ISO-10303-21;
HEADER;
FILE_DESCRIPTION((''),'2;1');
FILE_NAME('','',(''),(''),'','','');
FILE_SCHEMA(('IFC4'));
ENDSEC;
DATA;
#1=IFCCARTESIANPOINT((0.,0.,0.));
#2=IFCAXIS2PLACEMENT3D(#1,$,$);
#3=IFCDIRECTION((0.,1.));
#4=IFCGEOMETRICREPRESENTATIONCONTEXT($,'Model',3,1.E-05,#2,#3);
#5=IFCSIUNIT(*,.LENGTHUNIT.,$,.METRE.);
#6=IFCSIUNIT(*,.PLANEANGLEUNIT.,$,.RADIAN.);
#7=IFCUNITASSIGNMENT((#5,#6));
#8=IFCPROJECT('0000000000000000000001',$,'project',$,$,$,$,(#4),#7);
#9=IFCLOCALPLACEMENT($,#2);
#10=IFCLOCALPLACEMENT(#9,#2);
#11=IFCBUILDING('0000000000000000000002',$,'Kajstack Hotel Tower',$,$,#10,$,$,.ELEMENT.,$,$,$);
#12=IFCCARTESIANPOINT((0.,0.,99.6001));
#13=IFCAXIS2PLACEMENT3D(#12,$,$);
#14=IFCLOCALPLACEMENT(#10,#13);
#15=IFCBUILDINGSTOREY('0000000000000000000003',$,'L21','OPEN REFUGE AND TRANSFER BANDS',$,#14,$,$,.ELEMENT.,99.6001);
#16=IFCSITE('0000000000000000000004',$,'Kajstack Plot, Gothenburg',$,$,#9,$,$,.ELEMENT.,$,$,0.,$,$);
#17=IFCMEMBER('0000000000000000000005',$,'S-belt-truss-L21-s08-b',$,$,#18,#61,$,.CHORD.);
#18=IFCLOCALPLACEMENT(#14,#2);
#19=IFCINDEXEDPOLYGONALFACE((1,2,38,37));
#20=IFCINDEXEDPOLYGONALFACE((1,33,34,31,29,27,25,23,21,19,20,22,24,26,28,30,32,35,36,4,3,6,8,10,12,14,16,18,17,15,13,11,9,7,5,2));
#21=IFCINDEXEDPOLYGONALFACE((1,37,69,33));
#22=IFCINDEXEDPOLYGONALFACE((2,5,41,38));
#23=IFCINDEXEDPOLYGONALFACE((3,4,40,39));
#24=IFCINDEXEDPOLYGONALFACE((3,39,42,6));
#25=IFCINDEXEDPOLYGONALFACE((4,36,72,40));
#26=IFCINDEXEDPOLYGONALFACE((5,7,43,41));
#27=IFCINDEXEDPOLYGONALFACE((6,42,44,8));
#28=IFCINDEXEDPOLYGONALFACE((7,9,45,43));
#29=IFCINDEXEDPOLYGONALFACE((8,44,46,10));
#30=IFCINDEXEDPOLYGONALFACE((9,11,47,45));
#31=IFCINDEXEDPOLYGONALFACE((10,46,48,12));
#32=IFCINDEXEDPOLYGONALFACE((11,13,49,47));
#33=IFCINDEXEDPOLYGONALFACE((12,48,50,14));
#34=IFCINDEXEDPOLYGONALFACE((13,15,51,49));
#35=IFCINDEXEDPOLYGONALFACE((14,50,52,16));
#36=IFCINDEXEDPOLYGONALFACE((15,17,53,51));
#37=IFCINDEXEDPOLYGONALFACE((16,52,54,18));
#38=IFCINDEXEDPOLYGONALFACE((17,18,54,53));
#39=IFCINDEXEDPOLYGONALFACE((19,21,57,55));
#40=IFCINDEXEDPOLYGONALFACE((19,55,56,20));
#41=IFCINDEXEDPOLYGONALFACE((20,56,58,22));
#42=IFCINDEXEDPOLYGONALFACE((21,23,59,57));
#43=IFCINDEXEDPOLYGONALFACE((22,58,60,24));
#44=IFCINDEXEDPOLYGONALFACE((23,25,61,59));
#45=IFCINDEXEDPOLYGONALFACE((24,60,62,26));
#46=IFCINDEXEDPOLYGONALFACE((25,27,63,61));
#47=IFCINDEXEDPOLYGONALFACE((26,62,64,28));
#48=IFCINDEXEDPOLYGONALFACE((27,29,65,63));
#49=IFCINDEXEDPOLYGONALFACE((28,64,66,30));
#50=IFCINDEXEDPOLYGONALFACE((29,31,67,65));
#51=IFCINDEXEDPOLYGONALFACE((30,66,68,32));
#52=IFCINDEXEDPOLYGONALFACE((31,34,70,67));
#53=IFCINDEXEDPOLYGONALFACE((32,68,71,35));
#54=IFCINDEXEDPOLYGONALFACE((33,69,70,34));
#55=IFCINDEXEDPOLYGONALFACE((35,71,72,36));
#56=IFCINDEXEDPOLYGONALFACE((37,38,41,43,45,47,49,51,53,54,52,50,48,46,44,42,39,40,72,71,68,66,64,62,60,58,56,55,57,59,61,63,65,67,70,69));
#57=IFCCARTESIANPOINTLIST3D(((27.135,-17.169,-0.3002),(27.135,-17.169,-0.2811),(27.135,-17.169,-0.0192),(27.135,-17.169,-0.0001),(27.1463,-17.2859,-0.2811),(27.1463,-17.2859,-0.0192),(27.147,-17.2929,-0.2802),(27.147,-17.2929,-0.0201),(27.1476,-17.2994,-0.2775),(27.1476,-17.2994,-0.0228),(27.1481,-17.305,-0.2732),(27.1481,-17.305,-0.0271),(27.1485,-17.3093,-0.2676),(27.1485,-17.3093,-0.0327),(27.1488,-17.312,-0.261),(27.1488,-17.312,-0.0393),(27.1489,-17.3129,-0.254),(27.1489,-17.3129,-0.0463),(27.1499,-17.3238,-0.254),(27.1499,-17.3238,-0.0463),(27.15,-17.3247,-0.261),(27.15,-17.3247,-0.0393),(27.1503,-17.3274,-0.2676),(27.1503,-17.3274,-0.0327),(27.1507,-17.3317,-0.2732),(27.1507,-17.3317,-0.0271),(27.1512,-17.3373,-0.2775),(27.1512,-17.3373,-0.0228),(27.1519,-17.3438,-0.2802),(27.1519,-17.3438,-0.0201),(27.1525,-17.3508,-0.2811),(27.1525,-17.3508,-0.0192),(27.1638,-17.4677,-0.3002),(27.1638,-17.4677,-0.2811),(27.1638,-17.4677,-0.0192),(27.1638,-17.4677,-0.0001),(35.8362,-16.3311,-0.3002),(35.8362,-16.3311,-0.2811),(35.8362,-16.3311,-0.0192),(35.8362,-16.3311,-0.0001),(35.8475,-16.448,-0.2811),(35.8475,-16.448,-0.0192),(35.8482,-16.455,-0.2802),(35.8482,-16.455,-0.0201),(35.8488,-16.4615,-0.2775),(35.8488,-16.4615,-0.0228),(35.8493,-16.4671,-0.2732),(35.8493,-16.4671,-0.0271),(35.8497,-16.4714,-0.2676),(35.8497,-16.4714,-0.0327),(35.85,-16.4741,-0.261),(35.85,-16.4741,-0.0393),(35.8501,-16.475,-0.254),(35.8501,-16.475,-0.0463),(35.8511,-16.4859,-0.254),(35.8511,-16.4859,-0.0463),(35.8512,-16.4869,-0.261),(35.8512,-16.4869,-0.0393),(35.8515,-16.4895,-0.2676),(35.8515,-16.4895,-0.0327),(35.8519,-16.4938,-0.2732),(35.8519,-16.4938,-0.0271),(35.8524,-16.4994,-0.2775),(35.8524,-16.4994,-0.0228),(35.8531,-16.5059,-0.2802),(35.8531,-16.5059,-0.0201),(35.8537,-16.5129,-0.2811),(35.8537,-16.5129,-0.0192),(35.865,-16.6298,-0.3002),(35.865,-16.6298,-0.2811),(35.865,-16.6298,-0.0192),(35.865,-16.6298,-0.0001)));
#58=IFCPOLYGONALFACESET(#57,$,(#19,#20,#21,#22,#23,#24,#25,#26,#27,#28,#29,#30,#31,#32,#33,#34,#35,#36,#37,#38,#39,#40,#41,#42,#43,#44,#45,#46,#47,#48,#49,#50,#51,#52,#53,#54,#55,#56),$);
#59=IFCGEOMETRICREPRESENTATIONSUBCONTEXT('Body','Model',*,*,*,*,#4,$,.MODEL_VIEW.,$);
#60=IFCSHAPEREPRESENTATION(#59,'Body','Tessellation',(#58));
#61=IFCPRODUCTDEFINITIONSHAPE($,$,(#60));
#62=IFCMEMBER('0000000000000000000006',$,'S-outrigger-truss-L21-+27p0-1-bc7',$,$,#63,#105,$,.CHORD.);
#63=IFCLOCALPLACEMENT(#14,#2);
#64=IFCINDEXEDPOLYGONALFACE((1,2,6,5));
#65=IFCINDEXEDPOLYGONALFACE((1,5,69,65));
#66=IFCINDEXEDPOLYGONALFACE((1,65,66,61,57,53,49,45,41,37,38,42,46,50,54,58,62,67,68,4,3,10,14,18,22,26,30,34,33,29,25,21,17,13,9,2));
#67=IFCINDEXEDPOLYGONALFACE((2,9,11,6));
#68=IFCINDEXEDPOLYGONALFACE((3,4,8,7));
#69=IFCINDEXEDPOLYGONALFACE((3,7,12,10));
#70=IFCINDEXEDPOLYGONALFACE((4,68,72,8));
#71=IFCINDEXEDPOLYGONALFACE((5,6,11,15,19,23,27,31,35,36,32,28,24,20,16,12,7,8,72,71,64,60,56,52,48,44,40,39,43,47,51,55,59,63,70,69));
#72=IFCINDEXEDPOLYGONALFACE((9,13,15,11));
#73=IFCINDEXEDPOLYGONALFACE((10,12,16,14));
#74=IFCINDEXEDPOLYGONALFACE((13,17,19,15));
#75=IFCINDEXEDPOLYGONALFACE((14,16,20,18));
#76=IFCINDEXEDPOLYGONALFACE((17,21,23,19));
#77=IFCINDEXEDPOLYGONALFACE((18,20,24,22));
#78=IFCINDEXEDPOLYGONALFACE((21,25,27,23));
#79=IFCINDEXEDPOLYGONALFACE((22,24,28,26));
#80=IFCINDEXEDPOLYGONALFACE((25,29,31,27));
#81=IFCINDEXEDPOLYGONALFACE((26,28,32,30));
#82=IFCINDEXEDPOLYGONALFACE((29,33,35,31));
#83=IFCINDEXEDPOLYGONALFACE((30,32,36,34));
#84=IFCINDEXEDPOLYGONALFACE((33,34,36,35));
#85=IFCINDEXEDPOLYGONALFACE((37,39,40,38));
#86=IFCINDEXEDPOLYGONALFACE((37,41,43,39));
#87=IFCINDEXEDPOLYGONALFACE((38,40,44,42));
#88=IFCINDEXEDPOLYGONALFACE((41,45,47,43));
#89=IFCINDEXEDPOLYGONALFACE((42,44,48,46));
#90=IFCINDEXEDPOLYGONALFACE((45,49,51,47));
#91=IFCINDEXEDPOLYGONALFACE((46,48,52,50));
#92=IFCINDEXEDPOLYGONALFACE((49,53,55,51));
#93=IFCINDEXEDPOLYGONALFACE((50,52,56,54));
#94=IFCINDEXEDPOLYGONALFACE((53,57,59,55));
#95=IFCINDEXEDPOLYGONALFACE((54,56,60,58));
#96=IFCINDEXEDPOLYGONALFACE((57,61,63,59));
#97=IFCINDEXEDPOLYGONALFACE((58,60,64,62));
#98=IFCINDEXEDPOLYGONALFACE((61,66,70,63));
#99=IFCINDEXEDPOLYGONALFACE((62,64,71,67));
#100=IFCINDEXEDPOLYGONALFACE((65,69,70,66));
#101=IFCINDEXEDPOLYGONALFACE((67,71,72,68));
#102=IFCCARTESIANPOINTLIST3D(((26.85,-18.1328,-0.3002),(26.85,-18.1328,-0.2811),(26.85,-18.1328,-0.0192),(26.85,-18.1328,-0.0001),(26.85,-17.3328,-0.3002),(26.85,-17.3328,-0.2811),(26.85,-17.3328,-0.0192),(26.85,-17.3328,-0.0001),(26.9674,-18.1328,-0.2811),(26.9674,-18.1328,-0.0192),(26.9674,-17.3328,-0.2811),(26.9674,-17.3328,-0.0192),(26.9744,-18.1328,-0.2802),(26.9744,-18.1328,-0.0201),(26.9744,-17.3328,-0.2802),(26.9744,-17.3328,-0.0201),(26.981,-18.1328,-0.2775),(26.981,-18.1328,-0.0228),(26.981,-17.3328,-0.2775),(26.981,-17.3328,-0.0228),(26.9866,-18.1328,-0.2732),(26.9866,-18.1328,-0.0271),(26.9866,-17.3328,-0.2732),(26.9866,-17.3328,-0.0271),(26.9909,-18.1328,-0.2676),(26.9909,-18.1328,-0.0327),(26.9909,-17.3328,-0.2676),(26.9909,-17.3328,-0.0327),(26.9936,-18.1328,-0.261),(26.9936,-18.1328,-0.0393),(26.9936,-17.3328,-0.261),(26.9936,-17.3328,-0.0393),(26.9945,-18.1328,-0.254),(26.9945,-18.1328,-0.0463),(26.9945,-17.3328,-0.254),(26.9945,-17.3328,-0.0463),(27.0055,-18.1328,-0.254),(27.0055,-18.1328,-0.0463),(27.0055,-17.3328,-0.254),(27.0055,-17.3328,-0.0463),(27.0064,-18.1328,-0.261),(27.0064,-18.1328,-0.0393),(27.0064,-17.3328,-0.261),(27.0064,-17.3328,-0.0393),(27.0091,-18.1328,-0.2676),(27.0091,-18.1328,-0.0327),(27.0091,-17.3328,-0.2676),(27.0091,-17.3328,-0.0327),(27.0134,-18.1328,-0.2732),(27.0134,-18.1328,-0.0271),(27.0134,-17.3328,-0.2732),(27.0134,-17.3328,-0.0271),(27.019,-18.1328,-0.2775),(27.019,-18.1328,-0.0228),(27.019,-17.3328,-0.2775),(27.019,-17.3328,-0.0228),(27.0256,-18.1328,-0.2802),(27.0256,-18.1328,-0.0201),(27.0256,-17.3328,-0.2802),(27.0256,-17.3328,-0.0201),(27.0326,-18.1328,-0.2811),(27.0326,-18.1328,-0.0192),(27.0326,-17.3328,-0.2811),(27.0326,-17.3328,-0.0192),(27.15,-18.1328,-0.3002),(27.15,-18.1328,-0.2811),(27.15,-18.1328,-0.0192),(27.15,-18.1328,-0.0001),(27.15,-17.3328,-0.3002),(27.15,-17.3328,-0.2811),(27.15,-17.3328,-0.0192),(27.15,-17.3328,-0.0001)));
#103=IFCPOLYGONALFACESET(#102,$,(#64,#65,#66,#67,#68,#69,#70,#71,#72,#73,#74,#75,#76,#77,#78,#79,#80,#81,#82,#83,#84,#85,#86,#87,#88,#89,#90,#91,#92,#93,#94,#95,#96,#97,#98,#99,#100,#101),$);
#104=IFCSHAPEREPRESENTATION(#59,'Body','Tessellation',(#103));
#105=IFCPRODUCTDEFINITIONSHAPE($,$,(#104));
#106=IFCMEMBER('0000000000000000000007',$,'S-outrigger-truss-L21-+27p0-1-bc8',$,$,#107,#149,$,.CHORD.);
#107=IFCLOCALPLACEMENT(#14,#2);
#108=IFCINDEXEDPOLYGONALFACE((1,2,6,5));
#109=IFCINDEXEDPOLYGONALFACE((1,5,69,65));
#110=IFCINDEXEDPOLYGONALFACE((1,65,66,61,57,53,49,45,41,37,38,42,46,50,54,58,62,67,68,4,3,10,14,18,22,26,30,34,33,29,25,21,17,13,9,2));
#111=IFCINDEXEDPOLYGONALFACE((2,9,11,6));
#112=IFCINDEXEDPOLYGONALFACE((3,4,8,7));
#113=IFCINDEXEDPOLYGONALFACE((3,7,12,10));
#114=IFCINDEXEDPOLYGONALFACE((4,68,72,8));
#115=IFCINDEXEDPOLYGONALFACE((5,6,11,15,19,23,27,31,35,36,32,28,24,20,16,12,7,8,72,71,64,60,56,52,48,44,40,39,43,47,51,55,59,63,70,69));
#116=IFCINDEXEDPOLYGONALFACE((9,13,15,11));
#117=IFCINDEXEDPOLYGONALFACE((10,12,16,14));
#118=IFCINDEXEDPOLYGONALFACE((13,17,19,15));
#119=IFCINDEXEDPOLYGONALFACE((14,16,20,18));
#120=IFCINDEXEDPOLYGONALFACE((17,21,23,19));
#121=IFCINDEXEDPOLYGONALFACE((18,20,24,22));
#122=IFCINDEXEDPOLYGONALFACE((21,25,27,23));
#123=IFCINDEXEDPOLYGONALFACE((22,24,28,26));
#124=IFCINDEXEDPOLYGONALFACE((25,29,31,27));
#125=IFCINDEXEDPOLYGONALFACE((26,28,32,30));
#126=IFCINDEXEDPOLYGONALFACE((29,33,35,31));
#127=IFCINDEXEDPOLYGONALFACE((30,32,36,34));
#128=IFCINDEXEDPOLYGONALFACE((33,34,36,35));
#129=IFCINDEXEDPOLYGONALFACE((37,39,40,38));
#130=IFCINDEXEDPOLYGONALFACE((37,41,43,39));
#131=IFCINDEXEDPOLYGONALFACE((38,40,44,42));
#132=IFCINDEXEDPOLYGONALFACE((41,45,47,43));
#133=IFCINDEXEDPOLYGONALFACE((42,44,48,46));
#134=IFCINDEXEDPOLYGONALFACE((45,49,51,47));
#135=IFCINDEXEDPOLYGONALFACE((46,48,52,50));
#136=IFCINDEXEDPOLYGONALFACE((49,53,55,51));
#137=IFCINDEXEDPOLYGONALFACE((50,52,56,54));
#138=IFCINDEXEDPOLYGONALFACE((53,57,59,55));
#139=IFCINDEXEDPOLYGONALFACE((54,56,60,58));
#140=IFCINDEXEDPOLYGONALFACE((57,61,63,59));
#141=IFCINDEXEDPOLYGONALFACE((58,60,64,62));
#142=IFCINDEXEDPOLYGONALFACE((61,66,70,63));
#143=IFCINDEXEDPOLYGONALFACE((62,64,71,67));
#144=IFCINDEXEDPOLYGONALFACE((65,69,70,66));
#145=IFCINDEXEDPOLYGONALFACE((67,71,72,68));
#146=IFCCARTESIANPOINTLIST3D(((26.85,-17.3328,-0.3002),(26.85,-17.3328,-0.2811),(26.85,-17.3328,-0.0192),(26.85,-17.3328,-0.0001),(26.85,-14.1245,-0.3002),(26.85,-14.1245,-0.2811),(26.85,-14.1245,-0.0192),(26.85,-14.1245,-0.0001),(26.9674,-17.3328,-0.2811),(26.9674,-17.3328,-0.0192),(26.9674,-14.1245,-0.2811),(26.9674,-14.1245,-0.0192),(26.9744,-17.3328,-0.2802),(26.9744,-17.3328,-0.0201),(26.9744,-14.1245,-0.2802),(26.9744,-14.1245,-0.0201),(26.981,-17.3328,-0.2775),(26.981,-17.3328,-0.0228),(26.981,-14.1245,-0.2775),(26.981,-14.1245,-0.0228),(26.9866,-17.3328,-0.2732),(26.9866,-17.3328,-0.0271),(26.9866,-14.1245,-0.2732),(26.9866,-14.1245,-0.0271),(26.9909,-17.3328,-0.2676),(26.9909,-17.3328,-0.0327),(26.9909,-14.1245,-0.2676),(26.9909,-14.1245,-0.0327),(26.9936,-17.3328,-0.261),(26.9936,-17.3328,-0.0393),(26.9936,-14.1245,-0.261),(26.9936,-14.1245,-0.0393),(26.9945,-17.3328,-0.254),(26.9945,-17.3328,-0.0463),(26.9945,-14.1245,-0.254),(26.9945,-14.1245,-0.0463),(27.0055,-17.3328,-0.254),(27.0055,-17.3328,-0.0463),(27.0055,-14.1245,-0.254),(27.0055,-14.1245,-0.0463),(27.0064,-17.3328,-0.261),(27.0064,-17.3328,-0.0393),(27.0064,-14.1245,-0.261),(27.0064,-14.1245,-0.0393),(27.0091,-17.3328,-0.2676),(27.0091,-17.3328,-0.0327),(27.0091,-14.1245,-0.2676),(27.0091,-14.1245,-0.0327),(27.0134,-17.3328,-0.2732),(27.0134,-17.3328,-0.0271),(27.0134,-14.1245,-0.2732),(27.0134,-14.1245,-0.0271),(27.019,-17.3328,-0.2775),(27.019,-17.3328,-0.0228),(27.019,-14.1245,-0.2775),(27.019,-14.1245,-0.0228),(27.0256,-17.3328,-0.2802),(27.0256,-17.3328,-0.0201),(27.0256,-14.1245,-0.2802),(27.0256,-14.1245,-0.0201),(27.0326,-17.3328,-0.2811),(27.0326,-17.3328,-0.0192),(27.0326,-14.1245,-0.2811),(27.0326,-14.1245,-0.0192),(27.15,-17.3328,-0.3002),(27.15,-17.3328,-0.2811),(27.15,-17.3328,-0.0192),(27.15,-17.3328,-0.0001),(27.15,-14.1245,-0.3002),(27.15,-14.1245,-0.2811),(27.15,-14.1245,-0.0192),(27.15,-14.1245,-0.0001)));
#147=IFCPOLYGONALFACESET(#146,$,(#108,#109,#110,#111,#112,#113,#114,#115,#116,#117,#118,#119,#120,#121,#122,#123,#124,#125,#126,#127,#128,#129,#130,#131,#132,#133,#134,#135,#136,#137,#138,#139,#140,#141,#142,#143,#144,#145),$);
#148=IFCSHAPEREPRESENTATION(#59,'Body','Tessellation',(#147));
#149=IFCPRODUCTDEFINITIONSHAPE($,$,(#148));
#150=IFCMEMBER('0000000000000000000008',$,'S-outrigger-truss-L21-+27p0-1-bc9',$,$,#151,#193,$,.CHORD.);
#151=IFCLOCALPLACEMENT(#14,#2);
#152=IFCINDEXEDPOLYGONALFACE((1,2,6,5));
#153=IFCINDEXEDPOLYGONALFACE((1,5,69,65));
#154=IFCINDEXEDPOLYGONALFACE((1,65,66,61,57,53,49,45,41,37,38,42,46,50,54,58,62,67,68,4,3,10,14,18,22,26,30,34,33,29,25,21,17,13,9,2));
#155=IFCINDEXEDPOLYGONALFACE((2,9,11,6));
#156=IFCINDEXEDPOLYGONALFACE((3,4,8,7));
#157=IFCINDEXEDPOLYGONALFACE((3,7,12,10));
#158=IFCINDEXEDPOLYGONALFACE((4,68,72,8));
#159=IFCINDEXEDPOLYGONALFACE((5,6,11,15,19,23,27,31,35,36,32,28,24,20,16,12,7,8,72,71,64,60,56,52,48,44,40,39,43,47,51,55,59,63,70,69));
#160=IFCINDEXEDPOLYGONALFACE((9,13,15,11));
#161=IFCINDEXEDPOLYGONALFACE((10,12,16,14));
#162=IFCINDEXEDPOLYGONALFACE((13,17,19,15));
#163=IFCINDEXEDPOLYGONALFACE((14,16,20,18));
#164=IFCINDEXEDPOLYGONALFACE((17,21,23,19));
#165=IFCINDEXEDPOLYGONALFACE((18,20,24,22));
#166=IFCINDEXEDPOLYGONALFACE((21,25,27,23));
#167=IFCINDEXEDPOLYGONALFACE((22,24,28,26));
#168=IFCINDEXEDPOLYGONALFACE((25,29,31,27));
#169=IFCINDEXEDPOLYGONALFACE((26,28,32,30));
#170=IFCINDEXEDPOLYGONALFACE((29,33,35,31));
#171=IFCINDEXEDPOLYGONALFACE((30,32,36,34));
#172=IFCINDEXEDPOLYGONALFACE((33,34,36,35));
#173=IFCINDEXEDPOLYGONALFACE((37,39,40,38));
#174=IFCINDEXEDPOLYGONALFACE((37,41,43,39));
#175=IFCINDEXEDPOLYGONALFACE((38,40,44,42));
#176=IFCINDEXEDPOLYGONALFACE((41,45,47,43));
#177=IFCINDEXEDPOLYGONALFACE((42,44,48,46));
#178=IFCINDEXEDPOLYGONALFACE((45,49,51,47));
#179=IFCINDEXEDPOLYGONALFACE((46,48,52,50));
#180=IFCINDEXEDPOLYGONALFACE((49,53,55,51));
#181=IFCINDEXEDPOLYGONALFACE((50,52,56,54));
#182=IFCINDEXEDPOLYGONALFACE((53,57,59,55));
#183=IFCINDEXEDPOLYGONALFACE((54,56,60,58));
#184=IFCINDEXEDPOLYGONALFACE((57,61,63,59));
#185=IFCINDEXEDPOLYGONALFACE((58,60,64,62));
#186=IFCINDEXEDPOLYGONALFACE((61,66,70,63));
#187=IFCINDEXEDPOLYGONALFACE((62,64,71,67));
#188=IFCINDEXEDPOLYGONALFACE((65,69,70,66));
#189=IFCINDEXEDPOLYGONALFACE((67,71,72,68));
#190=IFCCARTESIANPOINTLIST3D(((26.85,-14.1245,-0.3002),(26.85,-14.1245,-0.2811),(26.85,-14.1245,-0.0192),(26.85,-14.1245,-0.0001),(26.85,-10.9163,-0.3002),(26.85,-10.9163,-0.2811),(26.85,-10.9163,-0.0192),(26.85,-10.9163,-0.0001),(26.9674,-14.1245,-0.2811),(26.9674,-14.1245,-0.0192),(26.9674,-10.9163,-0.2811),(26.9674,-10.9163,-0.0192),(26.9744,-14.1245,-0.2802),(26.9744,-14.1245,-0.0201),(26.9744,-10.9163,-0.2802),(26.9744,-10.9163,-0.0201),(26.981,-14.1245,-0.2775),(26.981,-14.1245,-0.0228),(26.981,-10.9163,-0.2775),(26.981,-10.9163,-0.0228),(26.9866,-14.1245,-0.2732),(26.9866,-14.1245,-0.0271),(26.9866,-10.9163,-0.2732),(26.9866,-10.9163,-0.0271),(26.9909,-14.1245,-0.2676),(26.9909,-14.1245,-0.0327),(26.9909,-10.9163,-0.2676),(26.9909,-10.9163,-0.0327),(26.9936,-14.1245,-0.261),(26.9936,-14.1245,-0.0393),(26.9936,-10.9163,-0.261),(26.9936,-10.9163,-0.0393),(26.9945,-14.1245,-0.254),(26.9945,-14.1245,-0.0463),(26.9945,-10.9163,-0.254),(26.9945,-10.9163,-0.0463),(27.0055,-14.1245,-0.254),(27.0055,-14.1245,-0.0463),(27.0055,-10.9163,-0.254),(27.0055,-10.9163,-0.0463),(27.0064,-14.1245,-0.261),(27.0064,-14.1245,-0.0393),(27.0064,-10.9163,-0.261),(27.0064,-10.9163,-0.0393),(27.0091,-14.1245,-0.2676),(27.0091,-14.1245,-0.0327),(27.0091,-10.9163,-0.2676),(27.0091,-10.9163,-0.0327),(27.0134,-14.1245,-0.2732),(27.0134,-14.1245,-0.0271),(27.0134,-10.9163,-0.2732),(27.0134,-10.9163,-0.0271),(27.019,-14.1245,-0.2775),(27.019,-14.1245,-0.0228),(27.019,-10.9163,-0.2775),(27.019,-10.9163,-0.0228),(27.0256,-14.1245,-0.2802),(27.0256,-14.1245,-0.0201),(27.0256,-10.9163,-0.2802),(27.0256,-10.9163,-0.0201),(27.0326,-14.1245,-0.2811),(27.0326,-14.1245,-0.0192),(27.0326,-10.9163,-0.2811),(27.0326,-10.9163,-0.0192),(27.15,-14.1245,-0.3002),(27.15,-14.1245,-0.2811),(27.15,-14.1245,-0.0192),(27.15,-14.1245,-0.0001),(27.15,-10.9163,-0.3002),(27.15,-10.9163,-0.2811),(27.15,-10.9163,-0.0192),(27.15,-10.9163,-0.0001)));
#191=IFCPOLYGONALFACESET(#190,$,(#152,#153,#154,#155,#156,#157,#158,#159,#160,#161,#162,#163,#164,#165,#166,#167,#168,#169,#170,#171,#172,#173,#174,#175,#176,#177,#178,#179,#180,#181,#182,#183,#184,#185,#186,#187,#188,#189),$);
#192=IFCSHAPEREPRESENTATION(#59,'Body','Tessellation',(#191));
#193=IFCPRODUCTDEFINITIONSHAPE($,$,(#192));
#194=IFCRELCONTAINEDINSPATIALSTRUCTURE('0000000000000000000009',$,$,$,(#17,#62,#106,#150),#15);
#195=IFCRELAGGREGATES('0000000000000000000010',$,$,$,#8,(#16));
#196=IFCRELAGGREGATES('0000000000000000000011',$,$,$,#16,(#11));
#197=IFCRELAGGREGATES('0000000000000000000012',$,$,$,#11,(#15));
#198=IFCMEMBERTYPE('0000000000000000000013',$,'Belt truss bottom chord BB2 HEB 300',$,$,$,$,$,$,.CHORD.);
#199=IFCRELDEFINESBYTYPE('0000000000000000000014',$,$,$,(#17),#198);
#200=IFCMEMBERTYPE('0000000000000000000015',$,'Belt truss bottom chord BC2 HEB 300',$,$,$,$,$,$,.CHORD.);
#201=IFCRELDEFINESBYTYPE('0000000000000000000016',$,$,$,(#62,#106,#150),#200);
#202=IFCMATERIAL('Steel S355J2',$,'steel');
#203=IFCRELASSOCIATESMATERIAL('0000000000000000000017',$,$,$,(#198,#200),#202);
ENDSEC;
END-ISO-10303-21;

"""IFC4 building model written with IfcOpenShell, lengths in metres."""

from ifc_helpers import new_model, si_unit, direction, frame, origin, origin_2d, place, context, subcontext, project, spatial, i_section, extrude, material, material_profile, profile_set, type_object, element, save


model = new_model("IFC4")

# Units and contexts
model_context = context("Model", 3, precision=1e-05, world=origin(), true_north=direction((0.0, 1.0)))
body_context = subcontext(model_context, "Body", "Model", "MODEL_VIEW")
ifc_project = project(units=[si_unit("LENGTHUNIT", "METRE"), si_unit("PLANEANGLEUNIT", "RADIAN")], contexts=[model_context])

# Site, building, storey
site_placement = place(None, origin())
site = spatial("IfcSite", under=ifc_project, at=site_placement, Name="Kajstack Plot, Gothenburg", CompositionType="ELEMENT", RefElevation=0.0)
building_placement = place(site_placement, origin())
building = spatial("IfcBuilding", under=site, at=building_placement, Name="Kajstack Hotel Tower", CompositionType="ELEMENT")
storey_placement = place(building_placement, frame((0.0, 0.0, 99.6001)))
storey = spatial("IfcBuildingStorey", under=building, at=storey_placement, Name="L21", Description="OPEN REFUGE AND TRANSFER BANDS", CompositionType="ELEMENT", Elevation=99.6001)

# Members
ifc_material_1 = material(Name="Steel S355J2", Category="steel")
ifc_material_profile_1 = material_profile(ifc_material_1, i_section(OverallWidth=0.3, OverallDepth=0.3, WebThickness=0.011, FlangeThickness=0.019, FilletRadius=0.0271, at=origin_2d()), Name="HEB 300")
ifc_profile_set_1 = profile_set([ifc_material_profile_1], Name="Steel S355J2")
member_type_1 = type_object("IfcMemberType", Name="Belt truss bottom chord BB2 HEB 300", PredefinedType="CHORD", material=ifc_profile_set_1)
member_1_placement = place(storey_placement, frame((27.1494, -17.3184, -0.1501), z_axis=(0.995396, 0.095853, 0.0), x_axis=(-0.095853, 0.995396, 0.0)))
element("IfcMember", 1, at=member_1_placement, inside=storey, type_object=member_type_1, Name="S-belt-truss-L21-s08-b", PredefinedType="CHORD", context=body_context, shape_type="SweptSolid", body=[
    extrude(i_section(OverallWidth=0.3, OverallDepth=0.3, WebThickness=0.011, FlangeThickness=0.019, FilletRadius=0.0271, at=origin_2d()), origin(), (0.0, 0.0, 1.0), 8.7415),
])
ifc_material_profile_2 = material_profile(ifc_material_1, i_section(OverallWidth=0.3, OverallDepth=0.3, WebThickness=0.011, FlangeThickness=0.019, FilletRadius=0.0271, at=origin_2d()), Name="HEB 300")
ifc_profile_set_2 = profile_set([ifc_material_profile_2], Name="Steel S355J2")
member_type_2 = type_object("IfcMemberType", Name="Belt truss bottom chord BC2 HEB 300", PredefinedType="CHORD", material=ifc_profile_set_2)
member_2_placement = place(storey_placement, frame((27.0, -18.1328, -0.1501), z_axis=(0.0, 1.0, 0.0), x_axis=(-1.0, 0.0, 0.0)))
element("IfcMember", 2, at=member_2_placement, inside=storey, type_object=member_type_2, Name="S-outrigger-truss-L21-+27p0-1-bc7", PredefinedType="CHORD", context=body_context, shape_type="SweptSolid", body=[
    extrude(i_section(OverallWidth=0.3, OverallDepth=0.3, WebThickness=0.011, FlangeThickness=0.019, FilletRadius=0.0271, at=origin_2d()), origin(), (0.0, 0.0, 1.0), 0.8),
])
for number, where, z_axis, x_axis, name in (
    (3, (27.0, -17.3328, -0.1501), (0.0, 1.0, 0.0), (-1.0, 0.0, 0.0), "S-outrigger-truss-L21-+27p0-1-bc8"),
    (4, (27.0, -14.1245, -0.1501), (0.0, 1.0, 0.0), (-1.0, 0.0, 0.0), "S-outrigger-truss-L21-+27p0-1-bc9"),
):
    element("IfcMember", number, at=place(storey_placement, frame(where, z_axis=z_axis, x_axis=x_axis)), inside=storey, type_object=member_type_2, Name=name, PredefinedType="CHORD", context=body_context, shape_type="SweptSolid", body=[
        extrude(i_section(OverallWidth=0.3, OverallDepth=0.3, WebThickness=0.011, FlangeThickness=0.019, FilletRadius=0.0271, at=origin_2d()), origin(), (0.0, 0.0, 1.0), 3.2083),
    ])

save(model, "model.ifc")
